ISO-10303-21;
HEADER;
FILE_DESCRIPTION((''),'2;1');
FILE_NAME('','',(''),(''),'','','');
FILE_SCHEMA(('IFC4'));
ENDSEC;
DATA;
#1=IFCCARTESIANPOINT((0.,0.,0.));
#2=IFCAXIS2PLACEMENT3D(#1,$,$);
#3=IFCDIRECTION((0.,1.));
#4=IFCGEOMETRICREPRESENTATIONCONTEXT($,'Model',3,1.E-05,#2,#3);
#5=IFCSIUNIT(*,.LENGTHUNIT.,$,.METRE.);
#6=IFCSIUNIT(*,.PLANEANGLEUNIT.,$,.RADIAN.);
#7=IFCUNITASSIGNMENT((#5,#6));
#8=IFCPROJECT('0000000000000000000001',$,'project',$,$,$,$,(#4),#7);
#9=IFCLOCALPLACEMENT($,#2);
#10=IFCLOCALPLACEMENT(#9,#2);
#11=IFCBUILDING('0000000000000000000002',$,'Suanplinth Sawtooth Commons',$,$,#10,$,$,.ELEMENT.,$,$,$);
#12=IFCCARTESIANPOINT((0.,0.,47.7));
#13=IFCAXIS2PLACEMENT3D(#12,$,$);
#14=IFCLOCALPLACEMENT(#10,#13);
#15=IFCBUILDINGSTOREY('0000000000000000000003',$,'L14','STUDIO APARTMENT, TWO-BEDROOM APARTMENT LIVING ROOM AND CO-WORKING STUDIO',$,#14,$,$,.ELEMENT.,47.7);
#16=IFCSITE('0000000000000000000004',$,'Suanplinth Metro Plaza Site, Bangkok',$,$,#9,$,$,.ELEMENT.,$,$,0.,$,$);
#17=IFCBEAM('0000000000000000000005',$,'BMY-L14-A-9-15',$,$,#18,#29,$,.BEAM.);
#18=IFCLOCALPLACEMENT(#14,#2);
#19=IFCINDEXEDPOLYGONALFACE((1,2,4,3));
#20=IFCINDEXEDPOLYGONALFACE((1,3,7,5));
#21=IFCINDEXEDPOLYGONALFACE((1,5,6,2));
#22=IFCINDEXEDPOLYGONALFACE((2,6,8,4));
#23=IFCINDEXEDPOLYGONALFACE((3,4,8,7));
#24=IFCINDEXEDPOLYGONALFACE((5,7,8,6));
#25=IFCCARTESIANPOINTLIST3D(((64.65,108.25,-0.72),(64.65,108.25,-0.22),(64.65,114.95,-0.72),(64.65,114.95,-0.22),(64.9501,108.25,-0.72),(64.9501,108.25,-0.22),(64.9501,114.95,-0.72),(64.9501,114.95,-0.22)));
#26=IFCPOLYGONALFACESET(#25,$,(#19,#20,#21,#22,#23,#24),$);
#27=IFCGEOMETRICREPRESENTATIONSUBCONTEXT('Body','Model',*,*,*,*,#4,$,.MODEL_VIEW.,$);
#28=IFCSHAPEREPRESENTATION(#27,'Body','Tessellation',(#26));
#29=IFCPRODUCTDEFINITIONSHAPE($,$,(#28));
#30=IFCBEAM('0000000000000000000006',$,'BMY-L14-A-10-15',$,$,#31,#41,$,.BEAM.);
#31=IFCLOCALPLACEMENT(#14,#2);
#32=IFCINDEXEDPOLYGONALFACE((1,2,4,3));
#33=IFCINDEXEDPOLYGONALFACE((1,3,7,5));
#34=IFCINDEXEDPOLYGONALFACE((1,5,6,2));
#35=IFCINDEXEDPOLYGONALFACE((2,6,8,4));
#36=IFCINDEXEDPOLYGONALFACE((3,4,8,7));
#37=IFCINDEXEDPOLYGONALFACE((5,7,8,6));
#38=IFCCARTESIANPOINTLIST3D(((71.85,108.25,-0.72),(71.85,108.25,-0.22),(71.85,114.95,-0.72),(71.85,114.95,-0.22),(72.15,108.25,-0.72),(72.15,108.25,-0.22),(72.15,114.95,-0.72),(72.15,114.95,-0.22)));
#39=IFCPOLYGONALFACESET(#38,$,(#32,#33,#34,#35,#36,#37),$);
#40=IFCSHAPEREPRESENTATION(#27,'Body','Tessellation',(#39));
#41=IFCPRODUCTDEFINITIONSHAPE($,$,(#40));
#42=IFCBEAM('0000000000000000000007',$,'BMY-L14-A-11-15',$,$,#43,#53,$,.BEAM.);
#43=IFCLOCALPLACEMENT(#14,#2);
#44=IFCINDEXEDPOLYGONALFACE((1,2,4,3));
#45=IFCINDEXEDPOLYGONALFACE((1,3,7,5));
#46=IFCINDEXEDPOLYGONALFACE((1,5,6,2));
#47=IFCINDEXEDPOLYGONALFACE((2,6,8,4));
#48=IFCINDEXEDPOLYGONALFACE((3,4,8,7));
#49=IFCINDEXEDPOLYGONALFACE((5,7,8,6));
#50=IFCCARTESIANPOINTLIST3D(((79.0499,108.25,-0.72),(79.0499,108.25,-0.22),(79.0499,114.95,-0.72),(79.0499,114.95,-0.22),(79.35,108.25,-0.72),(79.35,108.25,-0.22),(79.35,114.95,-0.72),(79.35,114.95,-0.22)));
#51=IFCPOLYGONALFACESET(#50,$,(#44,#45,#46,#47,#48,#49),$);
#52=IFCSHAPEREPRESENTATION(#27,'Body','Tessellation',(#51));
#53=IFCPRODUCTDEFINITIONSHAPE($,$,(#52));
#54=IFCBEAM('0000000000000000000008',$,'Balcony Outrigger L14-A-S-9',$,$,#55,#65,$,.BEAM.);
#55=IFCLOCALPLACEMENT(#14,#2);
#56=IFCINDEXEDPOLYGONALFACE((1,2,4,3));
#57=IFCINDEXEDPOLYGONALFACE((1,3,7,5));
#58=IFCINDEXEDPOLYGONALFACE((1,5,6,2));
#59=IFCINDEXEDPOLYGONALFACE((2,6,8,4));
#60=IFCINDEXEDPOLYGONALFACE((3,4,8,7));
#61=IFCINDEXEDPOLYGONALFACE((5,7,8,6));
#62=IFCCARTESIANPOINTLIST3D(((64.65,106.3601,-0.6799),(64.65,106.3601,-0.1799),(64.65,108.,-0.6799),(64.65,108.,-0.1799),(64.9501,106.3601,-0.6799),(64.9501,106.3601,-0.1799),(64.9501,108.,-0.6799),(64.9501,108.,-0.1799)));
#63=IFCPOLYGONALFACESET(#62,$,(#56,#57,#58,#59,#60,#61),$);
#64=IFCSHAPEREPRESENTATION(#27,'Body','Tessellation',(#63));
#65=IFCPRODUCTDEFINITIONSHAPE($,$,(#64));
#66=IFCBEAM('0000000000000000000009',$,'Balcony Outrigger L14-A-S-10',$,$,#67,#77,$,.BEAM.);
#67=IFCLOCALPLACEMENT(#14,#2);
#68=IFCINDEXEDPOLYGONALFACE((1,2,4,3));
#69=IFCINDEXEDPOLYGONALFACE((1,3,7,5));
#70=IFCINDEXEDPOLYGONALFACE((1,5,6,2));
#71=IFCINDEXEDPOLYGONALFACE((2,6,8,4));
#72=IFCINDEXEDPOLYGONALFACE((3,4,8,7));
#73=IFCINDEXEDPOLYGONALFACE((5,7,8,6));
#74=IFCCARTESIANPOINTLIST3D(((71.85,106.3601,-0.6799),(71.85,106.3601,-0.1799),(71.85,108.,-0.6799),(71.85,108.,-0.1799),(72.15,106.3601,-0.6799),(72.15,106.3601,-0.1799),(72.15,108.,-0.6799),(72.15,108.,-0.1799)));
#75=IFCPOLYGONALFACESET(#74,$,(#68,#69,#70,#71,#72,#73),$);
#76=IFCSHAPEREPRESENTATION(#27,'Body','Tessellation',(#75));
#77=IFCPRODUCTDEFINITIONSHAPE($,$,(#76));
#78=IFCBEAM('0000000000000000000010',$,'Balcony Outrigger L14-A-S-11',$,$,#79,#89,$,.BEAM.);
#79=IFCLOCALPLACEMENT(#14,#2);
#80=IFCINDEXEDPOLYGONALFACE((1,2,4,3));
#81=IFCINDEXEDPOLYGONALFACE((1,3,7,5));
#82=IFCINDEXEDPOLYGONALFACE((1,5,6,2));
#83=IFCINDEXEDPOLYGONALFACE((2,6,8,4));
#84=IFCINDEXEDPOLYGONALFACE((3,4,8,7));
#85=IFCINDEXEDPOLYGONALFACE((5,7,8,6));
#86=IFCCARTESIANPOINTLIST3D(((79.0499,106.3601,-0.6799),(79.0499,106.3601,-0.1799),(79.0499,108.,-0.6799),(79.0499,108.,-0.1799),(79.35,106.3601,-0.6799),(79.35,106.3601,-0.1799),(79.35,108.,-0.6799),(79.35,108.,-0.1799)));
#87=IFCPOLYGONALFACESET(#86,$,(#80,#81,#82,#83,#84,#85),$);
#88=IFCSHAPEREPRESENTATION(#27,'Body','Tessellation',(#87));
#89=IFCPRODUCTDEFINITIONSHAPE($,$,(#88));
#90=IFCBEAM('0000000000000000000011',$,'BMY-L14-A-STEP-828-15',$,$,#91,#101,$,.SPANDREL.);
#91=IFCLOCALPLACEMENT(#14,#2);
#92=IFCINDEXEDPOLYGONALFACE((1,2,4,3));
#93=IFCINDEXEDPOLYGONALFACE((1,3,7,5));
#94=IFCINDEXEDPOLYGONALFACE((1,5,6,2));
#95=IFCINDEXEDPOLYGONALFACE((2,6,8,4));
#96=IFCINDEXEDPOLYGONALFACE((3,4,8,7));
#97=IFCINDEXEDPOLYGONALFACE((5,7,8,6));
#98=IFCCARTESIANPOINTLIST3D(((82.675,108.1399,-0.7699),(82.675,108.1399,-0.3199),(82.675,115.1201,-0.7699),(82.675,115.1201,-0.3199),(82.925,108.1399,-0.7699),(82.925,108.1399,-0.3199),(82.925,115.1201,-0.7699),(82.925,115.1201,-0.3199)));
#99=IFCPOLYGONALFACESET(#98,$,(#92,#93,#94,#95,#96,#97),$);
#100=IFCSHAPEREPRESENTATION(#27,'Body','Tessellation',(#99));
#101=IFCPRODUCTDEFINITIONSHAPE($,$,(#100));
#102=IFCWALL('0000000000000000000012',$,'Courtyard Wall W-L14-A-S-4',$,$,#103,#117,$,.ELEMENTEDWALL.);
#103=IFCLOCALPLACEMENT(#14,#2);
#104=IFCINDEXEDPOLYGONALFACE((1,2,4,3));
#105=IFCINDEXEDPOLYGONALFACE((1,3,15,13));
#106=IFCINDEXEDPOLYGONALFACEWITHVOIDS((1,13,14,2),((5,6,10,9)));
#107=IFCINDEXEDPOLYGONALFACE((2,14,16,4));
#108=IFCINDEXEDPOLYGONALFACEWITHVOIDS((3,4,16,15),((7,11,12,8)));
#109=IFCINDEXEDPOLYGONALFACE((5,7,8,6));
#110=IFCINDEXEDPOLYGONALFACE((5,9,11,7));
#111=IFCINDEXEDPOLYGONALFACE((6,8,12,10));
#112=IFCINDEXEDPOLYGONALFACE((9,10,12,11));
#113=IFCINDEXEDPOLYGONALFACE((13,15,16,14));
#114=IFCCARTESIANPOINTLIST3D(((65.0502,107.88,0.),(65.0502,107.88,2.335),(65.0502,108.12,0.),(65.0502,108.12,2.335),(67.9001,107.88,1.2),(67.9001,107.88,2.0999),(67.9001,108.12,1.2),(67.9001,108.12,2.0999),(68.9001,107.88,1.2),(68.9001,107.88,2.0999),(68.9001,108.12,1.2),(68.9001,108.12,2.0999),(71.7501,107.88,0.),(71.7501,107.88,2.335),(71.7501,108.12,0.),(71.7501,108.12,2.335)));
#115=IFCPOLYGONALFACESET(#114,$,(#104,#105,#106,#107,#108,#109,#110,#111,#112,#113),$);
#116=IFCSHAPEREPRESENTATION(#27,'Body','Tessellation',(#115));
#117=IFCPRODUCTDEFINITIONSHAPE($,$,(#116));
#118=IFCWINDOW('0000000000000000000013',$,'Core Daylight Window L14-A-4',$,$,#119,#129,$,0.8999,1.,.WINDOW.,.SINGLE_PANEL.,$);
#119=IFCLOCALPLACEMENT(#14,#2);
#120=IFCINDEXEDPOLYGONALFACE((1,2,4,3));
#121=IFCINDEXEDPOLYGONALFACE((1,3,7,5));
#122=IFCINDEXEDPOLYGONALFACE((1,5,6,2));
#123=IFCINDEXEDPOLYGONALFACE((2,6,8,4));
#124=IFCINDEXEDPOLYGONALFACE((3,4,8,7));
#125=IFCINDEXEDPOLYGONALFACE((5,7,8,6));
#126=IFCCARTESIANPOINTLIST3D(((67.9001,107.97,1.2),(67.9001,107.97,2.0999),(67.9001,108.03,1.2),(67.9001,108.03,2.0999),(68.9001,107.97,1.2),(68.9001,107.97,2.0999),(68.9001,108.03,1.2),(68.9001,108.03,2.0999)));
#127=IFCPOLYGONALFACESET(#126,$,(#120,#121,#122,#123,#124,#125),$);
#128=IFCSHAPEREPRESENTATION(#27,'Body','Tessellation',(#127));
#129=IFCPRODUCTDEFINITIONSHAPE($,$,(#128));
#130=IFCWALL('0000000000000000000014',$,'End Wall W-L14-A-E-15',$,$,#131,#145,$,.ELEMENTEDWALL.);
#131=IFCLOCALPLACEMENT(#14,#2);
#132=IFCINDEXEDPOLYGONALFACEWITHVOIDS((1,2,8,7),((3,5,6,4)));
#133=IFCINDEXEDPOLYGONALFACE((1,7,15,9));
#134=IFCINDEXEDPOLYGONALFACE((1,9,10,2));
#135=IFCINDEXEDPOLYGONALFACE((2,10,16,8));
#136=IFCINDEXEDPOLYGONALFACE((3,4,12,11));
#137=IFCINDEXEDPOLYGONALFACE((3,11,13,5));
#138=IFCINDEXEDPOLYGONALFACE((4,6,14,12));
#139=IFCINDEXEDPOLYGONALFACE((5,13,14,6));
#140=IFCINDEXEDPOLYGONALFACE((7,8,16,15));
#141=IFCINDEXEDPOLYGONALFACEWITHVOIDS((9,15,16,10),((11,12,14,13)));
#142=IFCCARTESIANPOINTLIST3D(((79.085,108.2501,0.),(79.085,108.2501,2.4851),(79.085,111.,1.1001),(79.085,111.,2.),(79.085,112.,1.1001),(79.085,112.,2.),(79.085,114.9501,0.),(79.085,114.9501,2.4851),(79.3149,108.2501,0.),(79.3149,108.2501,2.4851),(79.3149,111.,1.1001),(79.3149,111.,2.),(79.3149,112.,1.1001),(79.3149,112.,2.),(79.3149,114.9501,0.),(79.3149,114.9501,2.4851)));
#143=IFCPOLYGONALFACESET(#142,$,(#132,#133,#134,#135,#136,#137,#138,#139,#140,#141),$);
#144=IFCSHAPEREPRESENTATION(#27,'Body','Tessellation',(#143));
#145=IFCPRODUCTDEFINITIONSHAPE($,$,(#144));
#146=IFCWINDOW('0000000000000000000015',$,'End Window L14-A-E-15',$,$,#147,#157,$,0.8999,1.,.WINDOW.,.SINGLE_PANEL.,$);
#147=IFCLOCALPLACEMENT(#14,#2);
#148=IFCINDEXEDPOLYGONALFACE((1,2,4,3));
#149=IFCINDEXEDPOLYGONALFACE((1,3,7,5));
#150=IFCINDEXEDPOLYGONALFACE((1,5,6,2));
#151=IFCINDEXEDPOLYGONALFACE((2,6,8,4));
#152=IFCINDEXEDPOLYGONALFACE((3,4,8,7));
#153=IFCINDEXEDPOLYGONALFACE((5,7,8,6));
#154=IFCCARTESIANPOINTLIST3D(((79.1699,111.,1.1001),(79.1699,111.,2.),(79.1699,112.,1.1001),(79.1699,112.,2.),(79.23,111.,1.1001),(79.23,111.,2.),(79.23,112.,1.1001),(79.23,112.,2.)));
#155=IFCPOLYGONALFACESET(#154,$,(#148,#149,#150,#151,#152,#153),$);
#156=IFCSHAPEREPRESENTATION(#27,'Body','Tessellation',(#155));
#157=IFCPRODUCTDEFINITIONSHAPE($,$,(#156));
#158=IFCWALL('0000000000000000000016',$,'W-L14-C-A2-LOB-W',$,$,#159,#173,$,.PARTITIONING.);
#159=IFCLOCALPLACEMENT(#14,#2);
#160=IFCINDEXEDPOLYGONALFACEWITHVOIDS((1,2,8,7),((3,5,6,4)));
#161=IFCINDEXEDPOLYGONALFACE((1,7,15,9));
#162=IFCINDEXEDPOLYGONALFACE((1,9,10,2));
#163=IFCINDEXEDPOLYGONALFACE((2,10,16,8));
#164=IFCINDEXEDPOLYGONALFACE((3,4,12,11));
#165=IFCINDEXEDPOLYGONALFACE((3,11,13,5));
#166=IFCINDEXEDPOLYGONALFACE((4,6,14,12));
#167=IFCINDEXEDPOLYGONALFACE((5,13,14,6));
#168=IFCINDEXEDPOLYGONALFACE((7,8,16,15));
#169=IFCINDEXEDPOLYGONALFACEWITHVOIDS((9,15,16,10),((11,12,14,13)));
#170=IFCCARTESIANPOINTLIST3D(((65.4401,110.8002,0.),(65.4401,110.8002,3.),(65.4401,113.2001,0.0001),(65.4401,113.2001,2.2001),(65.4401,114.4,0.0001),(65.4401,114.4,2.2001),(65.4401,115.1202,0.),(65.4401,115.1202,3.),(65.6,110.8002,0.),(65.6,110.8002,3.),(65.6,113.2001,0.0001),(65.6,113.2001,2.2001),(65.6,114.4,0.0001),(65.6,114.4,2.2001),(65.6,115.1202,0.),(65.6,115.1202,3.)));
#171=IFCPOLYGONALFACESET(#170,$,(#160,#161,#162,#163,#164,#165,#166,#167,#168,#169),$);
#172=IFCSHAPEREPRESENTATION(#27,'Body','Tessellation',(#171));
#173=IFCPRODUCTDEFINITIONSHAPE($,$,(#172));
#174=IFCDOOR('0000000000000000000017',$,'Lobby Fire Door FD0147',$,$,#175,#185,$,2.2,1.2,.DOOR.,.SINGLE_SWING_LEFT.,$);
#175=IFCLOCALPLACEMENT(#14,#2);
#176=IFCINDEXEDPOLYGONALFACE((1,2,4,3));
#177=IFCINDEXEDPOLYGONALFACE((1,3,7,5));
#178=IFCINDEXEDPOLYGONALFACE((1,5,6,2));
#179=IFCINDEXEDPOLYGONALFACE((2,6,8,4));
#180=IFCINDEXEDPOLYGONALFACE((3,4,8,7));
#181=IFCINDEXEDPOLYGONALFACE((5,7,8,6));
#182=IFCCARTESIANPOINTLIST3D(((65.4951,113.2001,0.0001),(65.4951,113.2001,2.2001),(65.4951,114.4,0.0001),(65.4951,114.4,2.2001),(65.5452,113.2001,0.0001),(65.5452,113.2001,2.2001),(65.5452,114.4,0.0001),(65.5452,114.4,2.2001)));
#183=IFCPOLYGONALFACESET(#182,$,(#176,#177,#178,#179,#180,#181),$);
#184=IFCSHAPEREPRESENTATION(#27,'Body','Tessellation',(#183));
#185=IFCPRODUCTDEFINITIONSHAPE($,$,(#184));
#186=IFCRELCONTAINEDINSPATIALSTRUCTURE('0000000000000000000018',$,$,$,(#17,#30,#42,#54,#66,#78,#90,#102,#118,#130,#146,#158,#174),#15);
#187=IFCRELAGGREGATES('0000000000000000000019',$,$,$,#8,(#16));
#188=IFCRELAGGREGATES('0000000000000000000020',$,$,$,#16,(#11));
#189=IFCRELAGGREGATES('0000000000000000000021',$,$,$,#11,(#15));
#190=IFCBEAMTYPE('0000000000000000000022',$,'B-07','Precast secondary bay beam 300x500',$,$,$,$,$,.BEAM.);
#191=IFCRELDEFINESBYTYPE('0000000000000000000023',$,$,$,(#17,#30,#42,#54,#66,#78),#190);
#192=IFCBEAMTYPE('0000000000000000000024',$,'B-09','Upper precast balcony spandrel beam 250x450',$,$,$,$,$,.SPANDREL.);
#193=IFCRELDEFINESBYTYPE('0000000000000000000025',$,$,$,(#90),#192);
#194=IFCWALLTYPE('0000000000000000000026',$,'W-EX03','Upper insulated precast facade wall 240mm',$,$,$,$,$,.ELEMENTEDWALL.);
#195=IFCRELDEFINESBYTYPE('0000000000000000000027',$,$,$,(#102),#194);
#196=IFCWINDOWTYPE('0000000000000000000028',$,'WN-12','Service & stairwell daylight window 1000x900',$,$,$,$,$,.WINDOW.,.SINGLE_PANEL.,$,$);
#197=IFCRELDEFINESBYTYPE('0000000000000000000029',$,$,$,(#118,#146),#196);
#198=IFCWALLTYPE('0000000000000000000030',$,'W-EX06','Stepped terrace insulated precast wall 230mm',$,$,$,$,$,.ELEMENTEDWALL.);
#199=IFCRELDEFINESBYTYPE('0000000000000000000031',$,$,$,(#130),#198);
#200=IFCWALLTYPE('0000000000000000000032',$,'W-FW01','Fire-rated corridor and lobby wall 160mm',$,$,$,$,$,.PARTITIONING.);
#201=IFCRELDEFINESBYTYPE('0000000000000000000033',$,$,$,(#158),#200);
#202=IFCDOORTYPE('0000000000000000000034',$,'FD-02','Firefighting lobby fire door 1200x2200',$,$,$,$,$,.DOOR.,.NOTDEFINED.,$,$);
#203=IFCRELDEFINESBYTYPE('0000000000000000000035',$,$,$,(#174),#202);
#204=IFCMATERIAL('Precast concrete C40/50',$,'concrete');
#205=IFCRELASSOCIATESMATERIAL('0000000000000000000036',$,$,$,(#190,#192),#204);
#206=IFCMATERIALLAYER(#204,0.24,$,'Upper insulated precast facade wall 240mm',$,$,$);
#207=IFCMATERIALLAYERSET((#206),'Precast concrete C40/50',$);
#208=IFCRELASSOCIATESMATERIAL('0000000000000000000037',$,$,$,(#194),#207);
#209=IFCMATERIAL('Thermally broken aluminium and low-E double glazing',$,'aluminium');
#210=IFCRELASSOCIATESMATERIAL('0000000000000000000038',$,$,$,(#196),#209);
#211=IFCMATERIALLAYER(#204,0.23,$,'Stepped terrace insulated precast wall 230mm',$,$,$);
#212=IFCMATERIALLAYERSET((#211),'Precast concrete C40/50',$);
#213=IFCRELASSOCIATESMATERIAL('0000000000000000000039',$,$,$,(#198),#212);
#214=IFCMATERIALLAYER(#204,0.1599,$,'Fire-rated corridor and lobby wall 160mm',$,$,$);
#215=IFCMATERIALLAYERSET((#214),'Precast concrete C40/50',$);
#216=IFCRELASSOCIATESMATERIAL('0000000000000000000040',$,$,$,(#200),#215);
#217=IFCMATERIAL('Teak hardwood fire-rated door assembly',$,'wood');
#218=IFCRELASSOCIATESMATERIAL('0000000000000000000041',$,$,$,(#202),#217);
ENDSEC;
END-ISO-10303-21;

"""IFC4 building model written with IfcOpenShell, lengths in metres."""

from ifc_helpers import new_model, si_unit, direction, frame, frame_2d, origin, origin_2d, place, context, subcontext, project, spatial, rectangle, extrude, material, layer, layer_set, material_profile, profile_set, type_object, element, fill, save


model = new_model("IFC4")

# Units and contexts
model_context = context("Model", 3, precision=1e-05, world=origin(), true_north=direction((0.0, 1.0)))
body_context = subcontext(model_context, "Body", "Model", "MODEL_VIEW")
ifc_project = project(units=[si_unit("LENGTHUNIT", "METRE"), si_unit("PLANEANGLEUNIT", "RADIAN")], contexts=[model_context])

# Site, building, storey
site_placement = place(None, origin())
site = spatial("IfcSite", under=ifc_project, at=site_placement, Name="Suanplinth Metro Plaza Site, Bangkok", CompositionType="ELEMENT", RefElevation=0.0)
building_placement = place(site_placement, origin())
building = spatial("IfcBuilding", under=site, at=building_placement, Name="Suanplinth Sawtooth Commons", CompositionType="ELEMENT")
storey_placement = place(building_placement, frame((0.0, 0.0, 47.7)))
storey = spatial("IfcBuildingStorey", under=building, at=storey_placement, Name="L14", Description="STUDIO APARTMENT, TWO-BEDROOM APARTMENT LIVING ROOM AND CO-WORKING STUDIO", CompositionType="ELEMENT", Elevation=47.7)

# Beams
ifc_material_1 = material(Name="Precast concrete C40/50", Category="concrete")
ifc_material_profile_1 = material_profile(ifc_material_1, rectangle(XDim=0.3, YDim=0.5, at=origin_2d()), Name="PC-BM 300x500")
ifc_profile_set_1 = profile_set([ifc_material_profile_1], Name="Precast concrete C40/50")
beam_type_1 = type_object("IfcBeamType", Name="B-07", Description="Precast secondary bay beam 300x500", PredefinedType="BEAM", material=ifc_profile_set_1)
for number, where, z_axis, x_axis, name in (
    (1, (64.8, 108.25, -0.47), (0.0, 1.0, 0.0), (-1.0, 0.0, 0.0), "BMY-L14-A-9-15"),
    (2, (72.0, 108.25, -0.47), (0.0, 1.0, 0.0), (-1.0, 0.0, 0.0), "BMY-L14-A-10-15"),
    (3, (79.2, 108.25, -0.47), (0.0, 1.0, 0.0), (-1.0, 0.0, 0.0), "BMY-L14-A-11-15"),
):
    element("IfcBeam", number, at=place(storey_placement, frame(where, z_axis=z_axis, x_axis=x_axis)), inside=storey, type_object=beam_type_1, Name=name, PredefinedType="BEAM", context=body_context, shape_type="SweptSolid", body=[
        extrude(rectangle(XDim=0.3, YDim=0.5, at=origin_2d()), origin(), (0.0, 0.0, 1.0), 6.7),
    ])
for number, where, z_axis, x_axis, name in (
    (4, (64.8, 108.0, -0.4299), (0.0, -1.0, 0.0), (1.0, 0.0, 0.0), "Balcony Outrigger L14-A-S-9"),
    (5, (72.0, 108.0, -0.4299), (0.0, -1.0, 0.0), (1.0, 0.0, 0.0), "Balcony Outrigger L14-A-S-10"),
    (6, (79.2, 108.0, -0.4299), (0.0, -1.0, 0.0), (1.0, 0.0, 0.0), "Balcony Outrigger L14-A-S-11"),
):
    element("IfcBeam", number, at=place(storey_placement, frame(where, z_axis=z_axis, x_axis=x_axis)), inside=storey, type_object=beam_type_1, Name=name, PredefinedType="BEAM", context=body_context, shape_type="SweptSolid", body=[
        extrude(rectangle(XDim=0.3, YDim=0.5, at=origin_2d()), origin(), (0.0, 0.0, 1.0), 1.6399),
    ])
ifc_material_profile_2 = material_profile(ifc_material_1, rectangle(XDim=0.25, YDim=0.45, at=origin_2d()), Name="PC-SP 250x450")
ifc_profile_set_2 = profile_set([ifc_material_profile_2], Name="Precast concrete C40/50")
beam_type_2 = type_object("IfcBeamType", Name="B-09", Description="Upper precast balcony spandrel beam 250x450", PredefinedType="SPANDREL", material=ifc_profile_set_2)
beam_placement = place(storey_placement, frame((82.8, 108.1399, -0.5449), z_axis=(0.0, 1.0, 0.0), x_axis=(-1.0, 0.0, 0.0)))
element("IfcBeam", 7, at=beam_placement, inside=storey, type_object=beam_type_2, Name="BMY-L14-A-STEP-828-15", PredefinedType="SPANDREL", context=body_context, shape_type="SweptSolid", body=[
    extrude(rectangle(XDim=0.25, YDim=0.45, at=origin_2d()), origin(), (0.0, 0.0, 1.0), 6.9802),
])

# Wall, opening, window
ifc_layer_1 = layer(ifc_material_1, 0.24, Name="Upper insulated precast facade wall 240mm")
ifc_layer_set_1 = layer_set([ifc_layer_1], Name="Precast concrete C40/50")
wall_type_1 = type_object("IfcWallType", Name="W-EX03", Description="Upper insulated precast facade wall 240mm", PredefinedType="ELEMENTEDWALL", material=ifc_layer_set_1)
wall_1_placement = place(storey_placement, frame((65.05, 108.0, 0.0), z_axis=(0.0, 0.0, 1.0), x_axis=(1.0, 0.0, 0.0)))
wall_1 = element("IfcWall", 8, at=wall_1_placement, inside=storey, type_object=wall_type_1, Name="Courtyard Wall W-L14-A-S-4", PredefinedType="ELEMENTEDWALL", context=body_context, shape_type="SweptSolid", body=[
    extrude(rectangle(XDim=6.7, YDim=0.24, at=frame_2d((3.3501, 0.0))), origin(), (0.0, 0.0, 1.0), 2.335),
])
opening_1_placement = place(wall_1_placement, frame((2.8501, 0.0, 1.2)))
opening_1 = element("IfcOpeningElement", 9, at=opening_1_placement, cuts=wall_1, PredefinedType="OPENING", context=body_context, shape_type="SweptSolid", body=[
    extrude(rectangle(XDim=1.0, YDim=0.8999, at=frame_2d((0.5, 0.45))), frame((0.0, 0.1348, 0.0), z_axis=(0.0, -1.0, 0.0), x_axis=(1.0, 0.0, 0.0)), (0.0, 0.0, 1.0), 0.2698),
])
ifc_material_2 = material(Name="Thermally broken aluminium and low-E double glazing", Category="aluminium")
window_type = type_object("IfcWindowType", Name="WN-12", Description="Service & stairwell daylight window 1000x900", PartitioningType="SINGLE_PANEL", PredefinedType="WINDOW", material=ifc_material_2)
window_1_placement = place(opening_1_placement, origin())
window_1 = element("IfcWindow", 10, at=window_1_placement, inside=storey, type_object=window_type, Name="Core Daylight Window L14-A-4", OverallHeight=0.8999, OverallWidth=1.0, PartitioningType="SINGLE_PANEL", PredefinedType="WINDOW", context=body_context, shape_type="SweptSolid", body=[
    extrude(rectangle(XDim=1.0, YDim=0.8999, at=frame_2d((0.5, 0.45))), frame((0.0, 0.03, 0.0), z_axis=(0.0, -1.0, 0.0), x_axis=(1.0, 0.0, 0.0)), (0.0, 0.0, 1.0), 0.0601),
])
fill(opening_1, window_1)

# Wall, opening, window
ifc_layer_2 = layer(ifc_material_1, 0.23, Name="Stepped terrace insulated precast wall 230mm")
ifc_layer_set_2 = layer_set([ifc_layer_2], Name="Precast concrete C40/50")
wall_type_2 = type_object("IfcWallType", Name="W-EX06", Description="Stepped terrace insulated precast wall 230mm", PredefinedType="ELEMENTEDWALL", material=ifc_layer_set_2)
wall_2_placement = place(storey_placement, frame((79.2, 108.25, 0.0), z_axis=(0.0, 0.0, 1.0), x_axis=(0.0, 1.0, 0.0)))
wall_2 = element("IfcWall", 11, at=wall_2_placement, inside=storey, type_object=wall_type_2, Name="End Wall W-L14-A-E-15", PredefinedType="ELEMENTEDWALL", context=body_context, shape_type="SweptSolid", body=[
    extrude(rectangle(XDim=6.7, YDim=0.23, at=frame_2d((3.3501, 0.0))), origin(), (0.0, 0.0, 1.0), 2.4851),
])
opening_2_placement = place(wall_2_placement, frame((2.75, 0.0, 1.1001)))
opening_2 = element("IfcOpeningElement", 12, at=opening_2_placement, cuts=wall_2, PredefinedType="OPENING", context=body_context, shape_type="SweptSolid", body=[
    extrude(rectangle(XDim=1.0, YDim=0.8999, at=frame_2d((0.5, 0.45))), frame((0.0, 0.1299, 0.0), z_axis=(0.0, -1.0, 0.0), x_axis=(1.0, 0.0, 0.0)), (0.0, 0.0, 1.0), 0.2598),
])
window_2_placement = place(opening_2_placement, origin())
window_2 = element("IfcWindow", 13, at=window_2_placement, inside=storey, type_object=window_type, Name="End Window L14-A-E-15", OverallHeight=0.8999, OverallWidth=1.0, PartitioningType="SINGLE_PANEL", PredefinedType="WINDOW", context=body_context, shape_type="SweptSolid", body=[
    extrude(rectangle(XDim=1.0, YDim=0.8999, at=frame_2d((0.5, 0.45))), frame((0.0, 0.03, 0.0), z_axis=(0.0, -1.0, 0.0), x_axis=(1.0, 0.0, 0.0)), (0.0, 0.0, 1.0), 0.0601),
])
fill(opening_2, window_2)

# Wall, opening, door
ifc_layer_3 = layer(ifc_material_1, 0.1599, Name="Fire-rated corridor and lobby wall 160mm")
ifc_layer_set_3 = layer_set([ifc_layer_3], Name="Precast concrete C40/50")
wall_type_3 = type_object("IfcWallType", Name="W-FW01", Description="Fire-rated corridor and lobby wall 160mm", PredefinedType="PARTITIONING", material=ifc_layer_set_3)
wall_3_placement = place(storey_placement, frame((65.52, 110.8, 0.0), z_axis=(0.0, 0.0, 1.0), x_axis=(0.0, 1.0, 0.0)))
wall_3 = element("IfcWall", 14, at=wall_3_placement, inside=storey, type_object=wall_type_3, Name="W-L14-C-A2-LOB-W", PredefinedType="PARTITIONING", context=body_context, shape_type="SweptSolid", body=[
    extrude(rectangle(XDim=4.3201, YDim=0.1599, at=frame_2d((2.1602, 0.0))), origin(), (0.0, 0.0, 1.0), 3.0),
])
opening_3_placement = place(wall_3_placement, frame((2.3999, 0.0, 0.0)))
opening_3 = element("IfcOpeningElement", 15, at=opening_3_placement, cuts=wall_3, PredefinedType="OPENING", context=body_context, shape_type="SweptSolid", body=[
    extrude(rectangle(XDim=1.2, YDim=2.2, at=frame_2d((0.6001, 1.1001))), frame((0.0, 0.0947, 0.0), z_axis=(0.0, -1.0, 0.0), x_axis=(1.0, 0.0, 0.0)), (0.0, 0.0, 1.0), 0.1897),
])
ifc_material_3 = material(Name="Teak hardwood fire-rated door assembly", Category="wood")
door_type_1 = type_object("IfcDoorType", Name="FD-02", Description="Firefighting lobby fire door 1200x2200", OperationType="NOTDEFINED", PredefinedType="DOOR", material=ifc_material_3)
door_1_placement = place(opening_3_placement, origin())
door_1 = element("IfcDoor", 16, at=door_1_placement, inside=storey, type_object=door_type_1, Name="Lobby Fire Door FD0147", OperationType="SINGLE_SWING_LEFT", OverallHeight=2.2, OverallWidth=1.2, PredefinedType="DOOR", context=body_context, shape_type="SweptSolid", body=[
    extrude(rectangle(XDim=1.2, YDim=2.2, at=frame_2d((0.6001, 1.1001))), frame((0.0, 0.0249, 0.0), z_axis=(0.0, -1.0, 0.0), x_axis=(1.0, 0.0, 0.0)), (0.0, 0.0, 1.0), 0.05),
])
fill(opening_3, door_1)

save(model, "model.ifc")
